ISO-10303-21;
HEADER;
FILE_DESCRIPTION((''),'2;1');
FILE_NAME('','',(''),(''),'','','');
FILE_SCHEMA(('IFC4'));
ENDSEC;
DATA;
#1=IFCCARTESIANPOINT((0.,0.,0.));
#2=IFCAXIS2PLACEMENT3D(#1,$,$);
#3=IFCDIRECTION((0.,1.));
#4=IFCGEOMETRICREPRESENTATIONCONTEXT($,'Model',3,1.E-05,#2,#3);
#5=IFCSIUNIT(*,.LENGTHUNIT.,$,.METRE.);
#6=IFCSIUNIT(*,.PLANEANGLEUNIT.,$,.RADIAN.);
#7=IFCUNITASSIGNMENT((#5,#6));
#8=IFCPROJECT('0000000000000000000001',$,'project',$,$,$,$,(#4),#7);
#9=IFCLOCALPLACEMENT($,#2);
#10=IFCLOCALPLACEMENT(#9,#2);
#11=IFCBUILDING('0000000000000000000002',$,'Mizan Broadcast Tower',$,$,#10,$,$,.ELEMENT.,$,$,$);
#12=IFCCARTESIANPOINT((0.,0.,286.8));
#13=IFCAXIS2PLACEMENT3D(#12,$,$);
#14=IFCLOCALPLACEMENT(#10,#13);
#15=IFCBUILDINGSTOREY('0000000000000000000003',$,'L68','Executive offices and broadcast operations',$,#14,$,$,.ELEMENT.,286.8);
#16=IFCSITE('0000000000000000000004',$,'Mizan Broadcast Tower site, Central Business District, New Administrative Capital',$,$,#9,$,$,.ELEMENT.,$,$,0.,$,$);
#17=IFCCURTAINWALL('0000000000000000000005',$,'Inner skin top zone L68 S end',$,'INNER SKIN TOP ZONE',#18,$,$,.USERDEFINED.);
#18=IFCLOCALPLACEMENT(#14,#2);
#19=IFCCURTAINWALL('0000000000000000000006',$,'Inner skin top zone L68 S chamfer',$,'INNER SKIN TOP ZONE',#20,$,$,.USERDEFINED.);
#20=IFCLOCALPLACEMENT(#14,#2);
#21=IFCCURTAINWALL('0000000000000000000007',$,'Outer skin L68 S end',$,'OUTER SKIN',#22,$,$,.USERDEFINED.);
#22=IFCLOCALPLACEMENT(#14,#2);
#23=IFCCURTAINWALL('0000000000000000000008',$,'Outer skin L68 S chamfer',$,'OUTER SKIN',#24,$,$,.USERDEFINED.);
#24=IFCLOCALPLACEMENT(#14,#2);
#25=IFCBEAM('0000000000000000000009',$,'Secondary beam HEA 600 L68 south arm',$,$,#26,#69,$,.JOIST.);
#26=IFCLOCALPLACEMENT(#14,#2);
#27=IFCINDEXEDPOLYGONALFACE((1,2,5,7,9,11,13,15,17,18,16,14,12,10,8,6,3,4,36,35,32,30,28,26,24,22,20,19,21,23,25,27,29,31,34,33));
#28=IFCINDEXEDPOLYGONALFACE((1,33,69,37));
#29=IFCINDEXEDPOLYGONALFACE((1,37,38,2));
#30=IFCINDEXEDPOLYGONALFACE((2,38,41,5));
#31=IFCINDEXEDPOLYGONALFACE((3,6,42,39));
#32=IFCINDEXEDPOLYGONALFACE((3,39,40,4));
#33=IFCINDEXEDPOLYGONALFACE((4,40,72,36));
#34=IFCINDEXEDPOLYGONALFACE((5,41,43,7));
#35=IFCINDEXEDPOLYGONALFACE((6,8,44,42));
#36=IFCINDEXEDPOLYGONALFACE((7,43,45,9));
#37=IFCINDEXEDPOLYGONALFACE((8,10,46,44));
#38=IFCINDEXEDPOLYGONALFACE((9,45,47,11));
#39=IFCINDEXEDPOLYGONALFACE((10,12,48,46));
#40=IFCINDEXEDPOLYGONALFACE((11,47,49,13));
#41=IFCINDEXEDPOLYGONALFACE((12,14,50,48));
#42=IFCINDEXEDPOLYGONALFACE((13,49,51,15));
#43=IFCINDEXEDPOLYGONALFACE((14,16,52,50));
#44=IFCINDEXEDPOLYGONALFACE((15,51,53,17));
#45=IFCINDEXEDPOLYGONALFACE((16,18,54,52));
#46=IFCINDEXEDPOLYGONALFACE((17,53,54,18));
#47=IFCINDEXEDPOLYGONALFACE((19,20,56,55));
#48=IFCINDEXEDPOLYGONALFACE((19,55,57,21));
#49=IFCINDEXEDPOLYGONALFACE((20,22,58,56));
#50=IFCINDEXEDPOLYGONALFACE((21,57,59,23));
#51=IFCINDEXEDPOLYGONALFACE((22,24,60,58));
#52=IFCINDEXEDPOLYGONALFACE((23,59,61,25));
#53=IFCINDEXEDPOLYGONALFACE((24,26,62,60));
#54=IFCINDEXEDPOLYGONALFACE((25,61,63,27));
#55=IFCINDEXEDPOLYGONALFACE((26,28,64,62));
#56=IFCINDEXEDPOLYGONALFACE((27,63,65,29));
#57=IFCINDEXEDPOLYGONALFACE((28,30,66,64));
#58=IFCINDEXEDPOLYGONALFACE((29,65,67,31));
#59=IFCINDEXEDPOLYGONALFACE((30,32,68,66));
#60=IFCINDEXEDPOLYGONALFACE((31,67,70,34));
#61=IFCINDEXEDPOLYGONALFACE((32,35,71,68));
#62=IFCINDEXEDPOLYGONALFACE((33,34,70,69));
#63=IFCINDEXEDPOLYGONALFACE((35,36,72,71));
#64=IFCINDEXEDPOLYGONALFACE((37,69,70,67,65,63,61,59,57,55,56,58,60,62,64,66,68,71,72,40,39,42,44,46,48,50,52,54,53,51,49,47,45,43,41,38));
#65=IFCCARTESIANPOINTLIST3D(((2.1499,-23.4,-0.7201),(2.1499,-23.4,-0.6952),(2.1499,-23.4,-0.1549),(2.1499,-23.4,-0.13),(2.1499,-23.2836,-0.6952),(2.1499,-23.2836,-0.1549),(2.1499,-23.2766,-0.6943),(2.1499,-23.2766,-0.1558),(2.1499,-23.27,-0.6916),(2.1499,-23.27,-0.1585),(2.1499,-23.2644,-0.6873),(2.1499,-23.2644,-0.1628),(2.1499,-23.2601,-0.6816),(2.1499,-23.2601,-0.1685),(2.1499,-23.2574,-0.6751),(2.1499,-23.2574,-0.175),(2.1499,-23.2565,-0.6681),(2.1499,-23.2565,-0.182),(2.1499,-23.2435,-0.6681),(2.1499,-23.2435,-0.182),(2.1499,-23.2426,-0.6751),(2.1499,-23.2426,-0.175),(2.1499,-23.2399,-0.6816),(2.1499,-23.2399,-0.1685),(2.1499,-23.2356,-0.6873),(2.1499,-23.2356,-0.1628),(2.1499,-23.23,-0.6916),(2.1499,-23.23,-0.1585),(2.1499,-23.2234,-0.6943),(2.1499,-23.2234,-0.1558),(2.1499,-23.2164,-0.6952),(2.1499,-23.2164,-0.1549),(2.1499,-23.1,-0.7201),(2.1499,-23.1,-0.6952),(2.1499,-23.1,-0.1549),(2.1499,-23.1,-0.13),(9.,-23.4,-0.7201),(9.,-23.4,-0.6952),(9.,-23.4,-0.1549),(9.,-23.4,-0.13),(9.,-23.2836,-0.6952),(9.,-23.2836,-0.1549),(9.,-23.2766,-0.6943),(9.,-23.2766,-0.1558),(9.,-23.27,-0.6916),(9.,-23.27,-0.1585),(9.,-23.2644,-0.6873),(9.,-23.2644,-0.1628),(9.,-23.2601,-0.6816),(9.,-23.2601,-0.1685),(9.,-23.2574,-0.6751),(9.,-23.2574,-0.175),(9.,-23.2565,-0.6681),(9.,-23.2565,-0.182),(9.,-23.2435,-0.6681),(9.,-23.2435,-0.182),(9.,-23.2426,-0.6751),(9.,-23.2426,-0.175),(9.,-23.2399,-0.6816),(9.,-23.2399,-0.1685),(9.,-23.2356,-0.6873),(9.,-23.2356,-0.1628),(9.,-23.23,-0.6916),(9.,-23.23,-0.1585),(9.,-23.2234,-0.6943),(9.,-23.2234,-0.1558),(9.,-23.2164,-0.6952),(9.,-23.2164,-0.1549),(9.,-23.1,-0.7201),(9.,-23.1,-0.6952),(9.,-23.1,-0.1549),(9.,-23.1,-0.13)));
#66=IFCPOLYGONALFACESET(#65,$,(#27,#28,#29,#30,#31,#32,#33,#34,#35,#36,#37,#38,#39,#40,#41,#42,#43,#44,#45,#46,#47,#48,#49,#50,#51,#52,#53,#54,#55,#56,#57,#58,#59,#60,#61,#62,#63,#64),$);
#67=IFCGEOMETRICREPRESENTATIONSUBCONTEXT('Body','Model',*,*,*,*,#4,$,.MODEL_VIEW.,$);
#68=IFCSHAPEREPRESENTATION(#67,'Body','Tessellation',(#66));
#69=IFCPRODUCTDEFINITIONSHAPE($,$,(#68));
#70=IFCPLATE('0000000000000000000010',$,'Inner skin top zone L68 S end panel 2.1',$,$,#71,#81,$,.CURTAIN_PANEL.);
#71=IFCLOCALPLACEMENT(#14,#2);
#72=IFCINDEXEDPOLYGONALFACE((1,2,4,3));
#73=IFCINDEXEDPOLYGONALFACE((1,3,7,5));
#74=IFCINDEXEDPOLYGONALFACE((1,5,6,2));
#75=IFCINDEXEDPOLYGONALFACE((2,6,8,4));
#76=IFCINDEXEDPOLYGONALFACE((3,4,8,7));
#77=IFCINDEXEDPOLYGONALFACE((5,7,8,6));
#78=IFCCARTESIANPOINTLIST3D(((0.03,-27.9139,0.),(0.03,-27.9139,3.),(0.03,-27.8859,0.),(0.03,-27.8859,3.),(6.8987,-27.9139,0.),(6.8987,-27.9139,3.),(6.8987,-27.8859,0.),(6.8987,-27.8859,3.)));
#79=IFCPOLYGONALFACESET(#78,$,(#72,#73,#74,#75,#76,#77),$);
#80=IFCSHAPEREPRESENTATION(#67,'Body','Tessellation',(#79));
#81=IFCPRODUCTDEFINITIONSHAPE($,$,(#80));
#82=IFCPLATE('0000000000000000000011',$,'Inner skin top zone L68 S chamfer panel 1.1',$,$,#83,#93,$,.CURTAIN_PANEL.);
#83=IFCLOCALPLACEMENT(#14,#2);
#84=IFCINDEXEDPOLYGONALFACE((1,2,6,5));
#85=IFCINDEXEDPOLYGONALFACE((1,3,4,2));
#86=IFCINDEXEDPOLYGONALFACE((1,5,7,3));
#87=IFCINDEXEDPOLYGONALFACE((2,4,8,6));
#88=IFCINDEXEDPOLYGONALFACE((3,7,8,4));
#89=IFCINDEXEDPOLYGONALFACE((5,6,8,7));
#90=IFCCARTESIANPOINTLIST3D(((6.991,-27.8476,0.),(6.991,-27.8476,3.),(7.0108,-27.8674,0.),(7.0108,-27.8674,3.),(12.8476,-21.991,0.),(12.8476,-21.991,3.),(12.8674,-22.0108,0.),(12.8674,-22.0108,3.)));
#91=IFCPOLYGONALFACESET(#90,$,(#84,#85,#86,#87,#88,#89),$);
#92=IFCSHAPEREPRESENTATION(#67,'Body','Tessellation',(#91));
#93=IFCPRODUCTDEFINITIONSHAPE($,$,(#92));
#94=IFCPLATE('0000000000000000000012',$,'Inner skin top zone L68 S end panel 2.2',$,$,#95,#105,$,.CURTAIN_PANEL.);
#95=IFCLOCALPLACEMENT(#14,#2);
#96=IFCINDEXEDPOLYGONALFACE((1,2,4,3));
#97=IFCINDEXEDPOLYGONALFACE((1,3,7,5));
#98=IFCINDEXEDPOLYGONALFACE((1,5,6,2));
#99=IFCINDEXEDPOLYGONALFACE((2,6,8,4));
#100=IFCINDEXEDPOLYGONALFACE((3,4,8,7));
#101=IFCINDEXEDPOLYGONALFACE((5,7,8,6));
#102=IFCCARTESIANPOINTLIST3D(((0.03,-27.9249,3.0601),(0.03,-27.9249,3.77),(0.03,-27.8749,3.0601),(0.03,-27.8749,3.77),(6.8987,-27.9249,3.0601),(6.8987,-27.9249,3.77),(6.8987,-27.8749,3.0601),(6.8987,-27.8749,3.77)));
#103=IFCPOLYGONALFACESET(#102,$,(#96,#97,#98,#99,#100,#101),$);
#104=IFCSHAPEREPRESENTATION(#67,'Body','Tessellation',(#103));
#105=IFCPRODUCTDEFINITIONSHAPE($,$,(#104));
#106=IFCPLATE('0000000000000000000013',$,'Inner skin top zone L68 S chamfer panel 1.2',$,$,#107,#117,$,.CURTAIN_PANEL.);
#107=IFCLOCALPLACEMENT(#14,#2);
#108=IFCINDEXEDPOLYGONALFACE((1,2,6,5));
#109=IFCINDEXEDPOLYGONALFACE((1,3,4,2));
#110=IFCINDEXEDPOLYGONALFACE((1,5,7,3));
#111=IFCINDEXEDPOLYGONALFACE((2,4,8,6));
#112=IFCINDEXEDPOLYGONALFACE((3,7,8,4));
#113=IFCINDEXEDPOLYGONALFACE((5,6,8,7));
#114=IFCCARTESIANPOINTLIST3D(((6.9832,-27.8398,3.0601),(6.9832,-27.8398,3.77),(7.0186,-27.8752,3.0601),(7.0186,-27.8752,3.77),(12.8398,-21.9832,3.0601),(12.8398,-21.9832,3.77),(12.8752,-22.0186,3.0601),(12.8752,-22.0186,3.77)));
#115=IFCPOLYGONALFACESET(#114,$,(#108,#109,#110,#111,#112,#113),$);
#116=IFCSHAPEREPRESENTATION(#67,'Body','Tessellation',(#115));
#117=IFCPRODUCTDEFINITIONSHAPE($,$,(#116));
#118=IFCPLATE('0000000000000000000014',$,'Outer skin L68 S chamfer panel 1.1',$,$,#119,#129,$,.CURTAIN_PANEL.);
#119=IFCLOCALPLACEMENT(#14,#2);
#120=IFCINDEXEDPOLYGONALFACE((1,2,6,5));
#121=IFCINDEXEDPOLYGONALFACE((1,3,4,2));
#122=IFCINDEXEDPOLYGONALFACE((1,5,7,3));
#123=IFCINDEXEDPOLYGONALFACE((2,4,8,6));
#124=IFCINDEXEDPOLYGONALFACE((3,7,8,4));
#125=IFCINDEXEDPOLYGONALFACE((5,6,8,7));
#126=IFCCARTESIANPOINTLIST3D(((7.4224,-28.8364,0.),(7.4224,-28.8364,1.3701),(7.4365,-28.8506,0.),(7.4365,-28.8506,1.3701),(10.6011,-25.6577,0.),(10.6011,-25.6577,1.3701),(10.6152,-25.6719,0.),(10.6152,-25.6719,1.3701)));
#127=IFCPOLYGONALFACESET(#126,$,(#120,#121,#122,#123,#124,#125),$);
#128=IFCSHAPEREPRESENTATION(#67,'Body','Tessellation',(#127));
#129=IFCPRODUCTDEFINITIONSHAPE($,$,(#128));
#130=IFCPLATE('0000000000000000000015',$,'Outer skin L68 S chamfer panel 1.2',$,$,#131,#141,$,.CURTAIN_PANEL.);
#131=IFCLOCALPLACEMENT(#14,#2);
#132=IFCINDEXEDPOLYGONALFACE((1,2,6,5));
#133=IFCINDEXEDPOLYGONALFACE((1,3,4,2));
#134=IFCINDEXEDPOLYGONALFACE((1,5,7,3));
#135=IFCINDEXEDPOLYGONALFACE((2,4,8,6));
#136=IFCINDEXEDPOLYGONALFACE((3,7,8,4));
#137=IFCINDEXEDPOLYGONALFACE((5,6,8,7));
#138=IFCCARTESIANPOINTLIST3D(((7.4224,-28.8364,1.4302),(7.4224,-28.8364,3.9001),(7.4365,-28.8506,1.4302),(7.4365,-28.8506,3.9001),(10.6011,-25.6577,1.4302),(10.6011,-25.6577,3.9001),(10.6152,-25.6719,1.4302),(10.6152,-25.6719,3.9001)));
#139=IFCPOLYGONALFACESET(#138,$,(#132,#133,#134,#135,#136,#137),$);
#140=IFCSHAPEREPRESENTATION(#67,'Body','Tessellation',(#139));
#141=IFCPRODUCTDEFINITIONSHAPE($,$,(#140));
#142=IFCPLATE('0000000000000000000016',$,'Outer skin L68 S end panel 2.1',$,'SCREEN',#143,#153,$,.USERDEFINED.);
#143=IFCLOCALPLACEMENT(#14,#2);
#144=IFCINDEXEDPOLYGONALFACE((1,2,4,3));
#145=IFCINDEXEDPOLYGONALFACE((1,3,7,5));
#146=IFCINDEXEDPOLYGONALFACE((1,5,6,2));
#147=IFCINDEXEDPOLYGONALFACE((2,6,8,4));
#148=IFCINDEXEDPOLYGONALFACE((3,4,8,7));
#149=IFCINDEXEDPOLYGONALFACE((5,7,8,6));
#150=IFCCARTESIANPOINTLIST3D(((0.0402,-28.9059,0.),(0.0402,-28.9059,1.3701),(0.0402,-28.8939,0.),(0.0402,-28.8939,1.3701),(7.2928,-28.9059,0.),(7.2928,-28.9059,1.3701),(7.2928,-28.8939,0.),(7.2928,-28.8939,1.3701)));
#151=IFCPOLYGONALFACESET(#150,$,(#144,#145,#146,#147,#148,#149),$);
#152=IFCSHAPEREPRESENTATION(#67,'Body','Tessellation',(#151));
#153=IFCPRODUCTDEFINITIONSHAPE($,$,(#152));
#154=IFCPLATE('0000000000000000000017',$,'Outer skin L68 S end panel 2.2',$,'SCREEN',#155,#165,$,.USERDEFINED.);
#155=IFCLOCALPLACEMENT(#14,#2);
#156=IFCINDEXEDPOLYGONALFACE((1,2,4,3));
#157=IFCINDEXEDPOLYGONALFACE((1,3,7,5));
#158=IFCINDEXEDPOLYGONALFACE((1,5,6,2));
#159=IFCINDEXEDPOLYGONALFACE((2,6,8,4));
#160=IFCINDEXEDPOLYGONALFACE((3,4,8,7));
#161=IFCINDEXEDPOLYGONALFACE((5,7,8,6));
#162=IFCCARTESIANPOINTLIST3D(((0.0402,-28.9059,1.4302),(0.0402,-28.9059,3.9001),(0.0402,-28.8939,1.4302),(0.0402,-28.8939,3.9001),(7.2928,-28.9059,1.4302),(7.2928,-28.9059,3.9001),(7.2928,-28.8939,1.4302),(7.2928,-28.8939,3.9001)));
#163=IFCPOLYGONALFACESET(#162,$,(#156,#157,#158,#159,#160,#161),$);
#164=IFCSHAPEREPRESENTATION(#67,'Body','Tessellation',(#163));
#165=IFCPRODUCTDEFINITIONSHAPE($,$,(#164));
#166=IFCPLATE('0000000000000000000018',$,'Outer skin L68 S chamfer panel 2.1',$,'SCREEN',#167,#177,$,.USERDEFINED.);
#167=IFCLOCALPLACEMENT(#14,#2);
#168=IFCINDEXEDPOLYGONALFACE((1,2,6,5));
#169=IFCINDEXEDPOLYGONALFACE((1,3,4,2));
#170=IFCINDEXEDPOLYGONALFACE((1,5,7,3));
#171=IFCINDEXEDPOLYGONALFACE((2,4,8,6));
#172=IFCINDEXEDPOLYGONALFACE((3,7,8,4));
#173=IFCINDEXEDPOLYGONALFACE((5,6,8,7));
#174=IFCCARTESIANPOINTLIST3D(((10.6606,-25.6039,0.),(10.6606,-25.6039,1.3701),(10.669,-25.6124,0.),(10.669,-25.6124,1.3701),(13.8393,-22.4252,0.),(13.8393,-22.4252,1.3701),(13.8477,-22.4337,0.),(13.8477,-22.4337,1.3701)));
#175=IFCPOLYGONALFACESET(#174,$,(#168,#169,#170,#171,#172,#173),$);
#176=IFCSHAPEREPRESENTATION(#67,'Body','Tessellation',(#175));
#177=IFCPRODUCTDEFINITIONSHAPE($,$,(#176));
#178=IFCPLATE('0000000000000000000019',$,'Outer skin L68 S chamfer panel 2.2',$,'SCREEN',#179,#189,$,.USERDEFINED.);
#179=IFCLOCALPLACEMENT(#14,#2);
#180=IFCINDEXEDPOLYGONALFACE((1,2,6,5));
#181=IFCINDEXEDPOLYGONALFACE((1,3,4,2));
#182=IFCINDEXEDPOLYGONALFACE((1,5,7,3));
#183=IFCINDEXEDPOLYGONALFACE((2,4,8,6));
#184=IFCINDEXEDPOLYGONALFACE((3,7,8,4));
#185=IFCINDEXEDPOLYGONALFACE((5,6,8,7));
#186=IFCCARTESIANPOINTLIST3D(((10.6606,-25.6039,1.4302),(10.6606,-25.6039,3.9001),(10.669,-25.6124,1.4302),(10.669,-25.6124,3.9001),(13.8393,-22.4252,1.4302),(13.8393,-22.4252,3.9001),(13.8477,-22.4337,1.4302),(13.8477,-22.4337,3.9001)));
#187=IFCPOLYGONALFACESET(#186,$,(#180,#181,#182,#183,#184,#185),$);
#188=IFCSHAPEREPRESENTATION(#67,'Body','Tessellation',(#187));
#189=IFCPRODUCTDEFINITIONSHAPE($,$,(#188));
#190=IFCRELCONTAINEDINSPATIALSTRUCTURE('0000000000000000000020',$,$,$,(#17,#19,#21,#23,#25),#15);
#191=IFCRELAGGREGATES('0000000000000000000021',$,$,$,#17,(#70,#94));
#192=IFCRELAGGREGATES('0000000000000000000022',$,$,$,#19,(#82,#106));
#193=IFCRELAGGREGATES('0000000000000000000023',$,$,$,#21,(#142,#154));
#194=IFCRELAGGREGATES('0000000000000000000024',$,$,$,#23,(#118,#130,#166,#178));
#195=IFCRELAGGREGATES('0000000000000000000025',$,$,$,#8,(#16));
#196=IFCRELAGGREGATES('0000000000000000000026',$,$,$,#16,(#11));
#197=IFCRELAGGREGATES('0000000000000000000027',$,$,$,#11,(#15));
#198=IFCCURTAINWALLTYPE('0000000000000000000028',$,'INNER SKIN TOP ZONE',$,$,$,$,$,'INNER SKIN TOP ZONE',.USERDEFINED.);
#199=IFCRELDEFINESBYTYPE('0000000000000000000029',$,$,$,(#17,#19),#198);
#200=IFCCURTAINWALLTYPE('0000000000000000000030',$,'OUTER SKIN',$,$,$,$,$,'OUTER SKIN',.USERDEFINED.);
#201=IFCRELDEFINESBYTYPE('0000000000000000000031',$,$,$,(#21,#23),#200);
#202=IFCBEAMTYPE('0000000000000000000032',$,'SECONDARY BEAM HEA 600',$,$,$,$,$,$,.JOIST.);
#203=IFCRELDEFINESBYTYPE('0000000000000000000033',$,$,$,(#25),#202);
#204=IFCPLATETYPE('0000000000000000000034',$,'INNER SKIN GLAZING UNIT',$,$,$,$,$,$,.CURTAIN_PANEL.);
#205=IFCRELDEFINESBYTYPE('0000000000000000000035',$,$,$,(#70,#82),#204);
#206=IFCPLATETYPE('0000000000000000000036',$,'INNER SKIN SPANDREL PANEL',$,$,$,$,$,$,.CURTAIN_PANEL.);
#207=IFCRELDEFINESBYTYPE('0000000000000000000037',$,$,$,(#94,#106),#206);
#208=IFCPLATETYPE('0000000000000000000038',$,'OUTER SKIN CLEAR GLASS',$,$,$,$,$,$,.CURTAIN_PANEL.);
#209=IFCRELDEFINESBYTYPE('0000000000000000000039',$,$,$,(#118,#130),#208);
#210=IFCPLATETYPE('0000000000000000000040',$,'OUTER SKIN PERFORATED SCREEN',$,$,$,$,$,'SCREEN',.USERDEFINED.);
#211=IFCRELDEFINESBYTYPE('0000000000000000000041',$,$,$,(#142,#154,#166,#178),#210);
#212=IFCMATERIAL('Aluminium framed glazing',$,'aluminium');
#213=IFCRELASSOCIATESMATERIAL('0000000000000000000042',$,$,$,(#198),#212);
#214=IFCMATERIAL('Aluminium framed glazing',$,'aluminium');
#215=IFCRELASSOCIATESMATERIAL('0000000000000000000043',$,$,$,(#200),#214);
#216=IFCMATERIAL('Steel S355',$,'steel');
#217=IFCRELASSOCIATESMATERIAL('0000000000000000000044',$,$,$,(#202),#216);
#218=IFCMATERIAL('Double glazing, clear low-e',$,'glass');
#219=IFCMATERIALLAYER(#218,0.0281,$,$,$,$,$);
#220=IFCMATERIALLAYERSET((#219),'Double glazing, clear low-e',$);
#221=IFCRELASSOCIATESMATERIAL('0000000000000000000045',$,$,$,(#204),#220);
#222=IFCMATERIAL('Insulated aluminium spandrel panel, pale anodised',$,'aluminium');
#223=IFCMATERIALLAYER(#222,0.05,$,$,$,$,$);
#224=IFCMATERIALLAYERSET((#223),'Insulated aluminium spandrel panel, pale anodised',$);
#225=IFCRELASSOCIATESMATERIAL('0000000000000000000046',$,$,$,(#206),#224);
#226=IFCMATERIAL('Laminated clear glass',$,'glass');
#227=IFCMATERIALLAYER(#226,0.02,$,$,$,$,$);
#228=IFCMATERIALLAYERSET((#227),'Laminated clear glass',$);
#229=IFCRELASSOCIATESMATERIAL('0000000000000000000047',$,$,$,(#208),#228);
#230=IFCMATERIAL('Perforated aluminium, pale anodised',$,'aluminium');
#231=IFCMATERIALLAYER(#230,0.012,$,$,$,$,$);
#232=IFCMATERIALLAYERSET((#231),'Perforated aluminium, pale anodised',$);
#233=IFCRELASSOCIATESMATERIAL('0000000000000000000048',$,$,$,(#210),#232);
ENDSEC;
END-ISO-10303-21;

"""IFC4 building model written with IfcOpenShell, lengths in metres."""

from ifc_helpers import new_model, si_unit, direction, frame, origin, origin_2d, place, context, subcontext, project, spatial, rectangle, i_section, extrude, material, layer, layer_set, material_profile, profile_set, type_object, element, aggregate, save


model = new_model("IFC4")

# Units and contexts
model_context = context("Model", 3, precision=1e-05, world=origin(), true_north=direction((0.0, 1.0)))
body_context = subcontext(model_context, "Body", "Model", "MODEL_VIEW")
ifc_project = project(units=[si_unit("LENGTHUNIT", "METRE"), si_unit("PLANEANGLEUNIT", "RADIAN")], contexts=[model_context])

# Site, building, storey
site_placement = place(None, origin())
site = spatial("IfcSite", under=ifc_project, at=site_placement, Name="Mizan Broadcast Tower site, Central Business District, New Administrative Capital", CompositionType="ELEMENT", RefElevation=0.0)
building_placement = place(site_placement, origin())
building = spatial("IfcBuilding", under=site, at=building_placement, Name="Mizan Broadcast Tower", CompositionType="ELEMENT")
storey_placement = place(building_placement, frame((0.0, 0.0, 286.8)))
storey = spatial("IfcBuildingStorey", under=building, at=storey_placement, Name="L68", Description="Executive offices and broadcast operations", CompositionType="ELEMENT", Elevation=286.8)

# Curtain walls
ifc_material_1 = material(Name="Aluminium framed glazing", Category="aluminium")
curtain_wall_type_1 = type_object("IfcCurtainWallType", Name="INNER SKIN TOP ZONE", ElementType="INNER SKIN TOP ZONE", PredefinedType="USERDEFINED", material=ifc_material_1)
curtain_wall_1_placement = place(storey_placement, origin())
curtain_wall_1 = element("IfcCurtainWall", 1, at=curtain_wall_1_placement, inside=storey, type_object=curtain_wall_type_1, Name="Inner skin top zone L68 S end", ObjectType="INNER SKIN TOP ZONE", PredefinedType="USERDEFINED")
curtain_wall_2_placement = place(storey_placement, origin())
curtain_wall_2 = element("IfcCurtainWall", 2, at=curtain_wall_2_placement, inside=storey, type_object=curtain_wall_type_1, Name="Inner skin top zone L68 S chamfer", ObjectType="INNER SKIN TOP ZONE", PredefinedType="USERDEFINED")

# Curtain walls
ifc_material_2 = material(Name="Aluminium framed glazing", Category="aluminium")
curtain_wall_type_2 = type_object("IfcCurtainWallType", Name="OUTER SKIN", ElementType="OUTER SKIN", PredefinedType="USERDEFINED", material=ifc_material_2)
curtain_wall_3_placement = place(storey_placement, origin())
curtain_wall_3 = element("IfcCurtainWall", 3, at=curtain_wall_3_placement, inside=storey, type_object=curtain_wall_type_2, Name="Outer skin L68 S end", ObjectType="OUTER SKIN", PredefinedType="USERDEFINED")
curtain_wall_4_placement = place(storey_placement, origin())
curtain_wall_4 = element("IfcCurtainWall", 4, at=curtain_wall_4_placement, inside=storey, type_object=curtain_wall_type_2, Name="Outer skin L68 S chamfer", ObjectType="OUTER SKIN", PredefinedType="USERDEFINED")

# Beam
ifc_material_3 = material(Name="Steel S355", Category="steel")
ifc_material_profile_1 = material_profile(ifc_material_3, i_section(OverallWidth=0.3, OverallDepth=0.5901, WebThickness=0.0129, FlangeThickness=0.0249, FilletRadius=0.0271, at=origin_2d()), Name="HEA 600")
ifc_profile_set_1 = profile_set([ifc_material_profile_1], Name="Steel S355")
beam_type_1 = type_object("IfcBeamType", Name="SECONDARY BEAM HEA 600", PredefinedType="JOIST", material=ifc_profile_set_1)
beam_1_placement = place(storey_placement, frame((9.0, -23.25, -0.425), z_axis=(-1.0, 0.0, 0.0), x_axis=(0.0, -1.0, 0.0)))
element("IfcBeam", 5, at=beam_1_placement, inside=storey, type_object=beam_type_1, Name="Secondary beam HEA 600 L68 south arm", PredefinedType="JOIST", context=body_context, shape_type="SweptSolid", body=[
    extrude(i_section(OverallWidth=0.3, OverallDepth=0.5901, WebThickness=0.0129, FlangeThickness=0.0249, FilletRadius=0.0271, at=origin_2d()), origin(), (0.0, 0.0, 1.0), 6.8501),
])

# Plates
ifc_material_4 = material(Name="Double glazing, clear low-e", Category="glass")
ifc_layer_1 = layer(ifc_material_4, 0.0281)
ifc_layer_set_1 = layer_set([ifc_layer_1], Name="Double glazing, clear low-e")
plate_type_1 = type_object("IfcPlateType", Name="INNER SKIN GLAZING UNIT", PredefinedType="CURTAIN_PANEL", material=ifc_layer_set_1)
plate_1_placement = place(storey_placement, frame((3.4644, -27.8999, 0.0), z_axis=(0.0, 0.0, 1.0), x_axis=(1.0, 0.0, 0.0)))
plate_1 = element("IfcPlate", 6, at=plate_1_placement, type_object=plate_type_1, Name="Inner skin top zone L68 S end panel 2.1", PredefinedType="CURTAIN_PANEL", context=body_context, shape_type="SweptSolid", body=[
    extrude(rectangle(XDim=6.8687, YDim=0.0281, at=origin_2d()), origin(), (0.0, 0.0, 1.0), 3.0),
])
plate_2_placement = place(storey_placement, frame((9.9292, -24.9292, 0.0), z_axis=(0.0, 0.0, 1.0), x_axis=(0.707107, 0.707107, 0.0)))
plate_2 = element("IfcPlate", 7, at=plate_2_placement, type_object=plate_type_1, Name="Inner skin top zone L68 S chamfer panel 1.1", PredefinedType="CURTAIN_PANEL", context=body_context, shape_type="SweptSolid", body=[
    extrude(rectangle(XDim=8.2825, YDim=0.0281, at=origin_2d()), origin(), (0.0, 0.0, 1.0), 3.0),
])
ifc_material_5 = material(Name="Insulated aluminium spandrel panel, pale anodised", Category="aluminium")
ifc_layer_2 = layer(ifc_material_5, 0.05)
ifc_layer_set_2 = layer_set([ifc_layer_2], Name="Insulated aluminium spandrel panel, pale anodised")
plate_type_2 = type_object("IfcPlateType", Name="INNER SKIN SPANDREL PANEL", PredefinedType="CURTAIN_PANEL", material=ifc_layer_set_2)
plate_3_placement = place(storey_placement, frame((3.4644, -27.8999, 3.0601), z_axis=(0.0, 0.0, 1.0), x_axis=(1.0, 0.0, 0.0)))
plate_3 = element("IfcPlate", 8, at=plate_3_placement, type_object=plate_type_2, Name="Inner skin top zone L68 S end panel 2.2", PredefinedType="CURTAIN_PANEL", context=body_context, shape_type="SweptSolid", body=[
    extrude(rectangle(XDim=6.8687, YDim=0.05, at=origin_2d()), origin(), (0.0, 0.0, 1.0), 0.71),
])
aggregate(curtain_wall_1, [plate_1, plate_3])
plate_4_placement = place(storey_placement, frame((9.9292, -24.9292, 3.0601), z_axis=(0.0, 0.0, 1.0), x_axis=(0.707107, 0.707107, 0.0)))
plate_4 = element("IfcPlate", 9, at=plate_4_placement, type_object=plate_type_2, Name="Inner skin top zone L68 S chamfer panel 1.2", PredefinedType="CURTAIN_PANEL", context=body_context, shape_type="SweptSolid", body=[
    extrude(rectangle(XDim=8.2825, YDim=0.05, at=origin_2d()), origin(), (0.0, 0.0, 1.0), 0.71),
])
aggregate(curtain_wall_2, [plate_2, plate_4])
ifc_material_6 = material(Name="Laminated clear glass", Category="glass")
ifc_layer_3 = layer(ifc_material_6, 0.02)
ifc_layer_set_3 = layer_set([ifc_layer_3], Name="Laminated clear glass")
plate_type_3 = type_object("IfcPlateType", Name="OUTER SKIN CLEAR GLASS", PredefinedType="CURTAIN_PANEL", material=ifc_layer_set_3)
plate_5_placement = place(storey_placement, frame((9.0188, -27.2542, 0.0), z_axis=(0.0, 0.0, 1.0), x_axis=(0.707107, 0.707107, 0.0)))
plate_5 = element("IfcPlate", 10, at=plate_5_placement, type_object=plate_type_3, Name="Outer skin L68 S chamfer panel 1.1", PredefinedType="CURTAIN_PANEL", context=body_context, shape_type="SweptSolid", body=[
    extrude(rectangle(XDim=4.4954, YDim=0.02, at=origin_2d()), origin(), (0.0, 0.0, 1.0), 1.3701),
])
plate_6_placement = place(storey_placement, frame((9.0188, -27.2542, 1.4302), z_axis=(0.0, 0.0, 1.0), x_axis=(0.707107, 0.707107, 0.0)))
plate_6 = element("IfcPlate", 11, at=plate_6_placement, type_object=plate_type_3, Name="Outer skin L68 S chamfer panel 1.2", PredefinedType="CURTAIN_PANEL", context=body_context, shape_type="SweptSolid", body=[
    extrude(rectangle(XDim=4.4954, YDim=0.02, at=origin_2d()), origin(), (0.0, 0.0, 1.0), 2.47),
])
ifc_material_7 = material(Name="Perforated aluminium, pale anodised", Category="aluminium")
ifc_layer_4 = layer(ifc_material_7, 0.012)
ifc_layer_set_4 = layer_set([ifc_layer_4], Name="Perforated aluminium, pale anodised")
plate_type_4 = type_object("IfcPlateType", Name="OUTER SKIN PERFORATED SCREEN", ElementType="SCREEN", PredefinedType="USERDEFINED", material=ifc_layer_set_4)
plate_7_placement = place(storey_placement, frame((3.6665, -28.8999, 0.0), z_axis=(0.0, 0.0, 1.0), x_axis=(1.0, 0.0, 0.0)))
plate_7 = element("IfcPlate", 12, at=plate_7_placement, type_object=plate_type_4, Name="Outer skin L68 S end panel 2.1", ObjectType="SCREEN", PredefinedType="USERDEFINED", context=body_context, shape_type="SweptSolid", body=[
    extrude(rectangle(XDim=7.2527, YDim=0.012, at=origin_2d()), origin(), (0.0, 0.0, 1.0), 1.3701),
])
plate_8_placement = place(storey_placement, frame((3.6665, -28.8999, 1.4302), z_axis=(0.0, 0.0, 1.0), x_axis=(1.0, 0.0, 0.0)))
plate_8 = element("IfcPlate", 13, at=plate_8_placement, type_object=plate_type_4, Name="Outer skin L68 S end panel 2.2", ObjectType="SCREEN", PredefinedType="USERDEFINED", context=body_context, shape_type="SweptSolid", body=[
    extrude(rectangle(XDim=7.2527, YDim=0.012, at=origin_2d()), origin(), (0.0, 0.0, 1.0), 2.47),
])
aggregate(curtain_wall_3, [plate_7, plate_8])
plate_9_placement = place(storey_placement, frame((12.2542, -24.0188, 0.0), z_axis=(0.0, 0.0, 1.0), x_axis=(0.707107, 0.707107, 0.0)))
plate_9 = element("IfcPlate", 14, at=plate_9_placement, type_object=plate_type_4, Name="Outer skin L68 S chamfer panel 2.1", ObjectType="SCREEN", PredefinedType="USERDEFINED", context=body_context, shape_type="SweptSolid", body=[
    extrude(rectangle(XDim=4.4954, YDim=0.012, at=origin_2d()), origin(), (0.0, 0.0, 1.0), 1.3701),
])
plate_10_placement = place(storey_placement, frame((12.2542, -24.0188, 1.4302), z_axis=(0.0, 0.0, 1.0), x_axis=(0.707107, 0.707107, 0.0)))
plate_10 = element("IfcPlate", 15, at=plate_10_placement, type_object=plate_type_4, Name="Outer skin L68 S chamfer panel 2.2", ObjectType="SCREEN", PredefinedType="USERDEFINED", context=body_context, shape_type="SweptSolid", body=[
    extrude(rectangle(XDim=4.4954, YDim=0.012, at=origin_2d()), origin(), (0.0, 0.0, 1.0), 2.47),
])
aggregate(curtain_wall_4, [plate_5, plate_6, plate_9, plate_10])

save(model, "model.ifc")
